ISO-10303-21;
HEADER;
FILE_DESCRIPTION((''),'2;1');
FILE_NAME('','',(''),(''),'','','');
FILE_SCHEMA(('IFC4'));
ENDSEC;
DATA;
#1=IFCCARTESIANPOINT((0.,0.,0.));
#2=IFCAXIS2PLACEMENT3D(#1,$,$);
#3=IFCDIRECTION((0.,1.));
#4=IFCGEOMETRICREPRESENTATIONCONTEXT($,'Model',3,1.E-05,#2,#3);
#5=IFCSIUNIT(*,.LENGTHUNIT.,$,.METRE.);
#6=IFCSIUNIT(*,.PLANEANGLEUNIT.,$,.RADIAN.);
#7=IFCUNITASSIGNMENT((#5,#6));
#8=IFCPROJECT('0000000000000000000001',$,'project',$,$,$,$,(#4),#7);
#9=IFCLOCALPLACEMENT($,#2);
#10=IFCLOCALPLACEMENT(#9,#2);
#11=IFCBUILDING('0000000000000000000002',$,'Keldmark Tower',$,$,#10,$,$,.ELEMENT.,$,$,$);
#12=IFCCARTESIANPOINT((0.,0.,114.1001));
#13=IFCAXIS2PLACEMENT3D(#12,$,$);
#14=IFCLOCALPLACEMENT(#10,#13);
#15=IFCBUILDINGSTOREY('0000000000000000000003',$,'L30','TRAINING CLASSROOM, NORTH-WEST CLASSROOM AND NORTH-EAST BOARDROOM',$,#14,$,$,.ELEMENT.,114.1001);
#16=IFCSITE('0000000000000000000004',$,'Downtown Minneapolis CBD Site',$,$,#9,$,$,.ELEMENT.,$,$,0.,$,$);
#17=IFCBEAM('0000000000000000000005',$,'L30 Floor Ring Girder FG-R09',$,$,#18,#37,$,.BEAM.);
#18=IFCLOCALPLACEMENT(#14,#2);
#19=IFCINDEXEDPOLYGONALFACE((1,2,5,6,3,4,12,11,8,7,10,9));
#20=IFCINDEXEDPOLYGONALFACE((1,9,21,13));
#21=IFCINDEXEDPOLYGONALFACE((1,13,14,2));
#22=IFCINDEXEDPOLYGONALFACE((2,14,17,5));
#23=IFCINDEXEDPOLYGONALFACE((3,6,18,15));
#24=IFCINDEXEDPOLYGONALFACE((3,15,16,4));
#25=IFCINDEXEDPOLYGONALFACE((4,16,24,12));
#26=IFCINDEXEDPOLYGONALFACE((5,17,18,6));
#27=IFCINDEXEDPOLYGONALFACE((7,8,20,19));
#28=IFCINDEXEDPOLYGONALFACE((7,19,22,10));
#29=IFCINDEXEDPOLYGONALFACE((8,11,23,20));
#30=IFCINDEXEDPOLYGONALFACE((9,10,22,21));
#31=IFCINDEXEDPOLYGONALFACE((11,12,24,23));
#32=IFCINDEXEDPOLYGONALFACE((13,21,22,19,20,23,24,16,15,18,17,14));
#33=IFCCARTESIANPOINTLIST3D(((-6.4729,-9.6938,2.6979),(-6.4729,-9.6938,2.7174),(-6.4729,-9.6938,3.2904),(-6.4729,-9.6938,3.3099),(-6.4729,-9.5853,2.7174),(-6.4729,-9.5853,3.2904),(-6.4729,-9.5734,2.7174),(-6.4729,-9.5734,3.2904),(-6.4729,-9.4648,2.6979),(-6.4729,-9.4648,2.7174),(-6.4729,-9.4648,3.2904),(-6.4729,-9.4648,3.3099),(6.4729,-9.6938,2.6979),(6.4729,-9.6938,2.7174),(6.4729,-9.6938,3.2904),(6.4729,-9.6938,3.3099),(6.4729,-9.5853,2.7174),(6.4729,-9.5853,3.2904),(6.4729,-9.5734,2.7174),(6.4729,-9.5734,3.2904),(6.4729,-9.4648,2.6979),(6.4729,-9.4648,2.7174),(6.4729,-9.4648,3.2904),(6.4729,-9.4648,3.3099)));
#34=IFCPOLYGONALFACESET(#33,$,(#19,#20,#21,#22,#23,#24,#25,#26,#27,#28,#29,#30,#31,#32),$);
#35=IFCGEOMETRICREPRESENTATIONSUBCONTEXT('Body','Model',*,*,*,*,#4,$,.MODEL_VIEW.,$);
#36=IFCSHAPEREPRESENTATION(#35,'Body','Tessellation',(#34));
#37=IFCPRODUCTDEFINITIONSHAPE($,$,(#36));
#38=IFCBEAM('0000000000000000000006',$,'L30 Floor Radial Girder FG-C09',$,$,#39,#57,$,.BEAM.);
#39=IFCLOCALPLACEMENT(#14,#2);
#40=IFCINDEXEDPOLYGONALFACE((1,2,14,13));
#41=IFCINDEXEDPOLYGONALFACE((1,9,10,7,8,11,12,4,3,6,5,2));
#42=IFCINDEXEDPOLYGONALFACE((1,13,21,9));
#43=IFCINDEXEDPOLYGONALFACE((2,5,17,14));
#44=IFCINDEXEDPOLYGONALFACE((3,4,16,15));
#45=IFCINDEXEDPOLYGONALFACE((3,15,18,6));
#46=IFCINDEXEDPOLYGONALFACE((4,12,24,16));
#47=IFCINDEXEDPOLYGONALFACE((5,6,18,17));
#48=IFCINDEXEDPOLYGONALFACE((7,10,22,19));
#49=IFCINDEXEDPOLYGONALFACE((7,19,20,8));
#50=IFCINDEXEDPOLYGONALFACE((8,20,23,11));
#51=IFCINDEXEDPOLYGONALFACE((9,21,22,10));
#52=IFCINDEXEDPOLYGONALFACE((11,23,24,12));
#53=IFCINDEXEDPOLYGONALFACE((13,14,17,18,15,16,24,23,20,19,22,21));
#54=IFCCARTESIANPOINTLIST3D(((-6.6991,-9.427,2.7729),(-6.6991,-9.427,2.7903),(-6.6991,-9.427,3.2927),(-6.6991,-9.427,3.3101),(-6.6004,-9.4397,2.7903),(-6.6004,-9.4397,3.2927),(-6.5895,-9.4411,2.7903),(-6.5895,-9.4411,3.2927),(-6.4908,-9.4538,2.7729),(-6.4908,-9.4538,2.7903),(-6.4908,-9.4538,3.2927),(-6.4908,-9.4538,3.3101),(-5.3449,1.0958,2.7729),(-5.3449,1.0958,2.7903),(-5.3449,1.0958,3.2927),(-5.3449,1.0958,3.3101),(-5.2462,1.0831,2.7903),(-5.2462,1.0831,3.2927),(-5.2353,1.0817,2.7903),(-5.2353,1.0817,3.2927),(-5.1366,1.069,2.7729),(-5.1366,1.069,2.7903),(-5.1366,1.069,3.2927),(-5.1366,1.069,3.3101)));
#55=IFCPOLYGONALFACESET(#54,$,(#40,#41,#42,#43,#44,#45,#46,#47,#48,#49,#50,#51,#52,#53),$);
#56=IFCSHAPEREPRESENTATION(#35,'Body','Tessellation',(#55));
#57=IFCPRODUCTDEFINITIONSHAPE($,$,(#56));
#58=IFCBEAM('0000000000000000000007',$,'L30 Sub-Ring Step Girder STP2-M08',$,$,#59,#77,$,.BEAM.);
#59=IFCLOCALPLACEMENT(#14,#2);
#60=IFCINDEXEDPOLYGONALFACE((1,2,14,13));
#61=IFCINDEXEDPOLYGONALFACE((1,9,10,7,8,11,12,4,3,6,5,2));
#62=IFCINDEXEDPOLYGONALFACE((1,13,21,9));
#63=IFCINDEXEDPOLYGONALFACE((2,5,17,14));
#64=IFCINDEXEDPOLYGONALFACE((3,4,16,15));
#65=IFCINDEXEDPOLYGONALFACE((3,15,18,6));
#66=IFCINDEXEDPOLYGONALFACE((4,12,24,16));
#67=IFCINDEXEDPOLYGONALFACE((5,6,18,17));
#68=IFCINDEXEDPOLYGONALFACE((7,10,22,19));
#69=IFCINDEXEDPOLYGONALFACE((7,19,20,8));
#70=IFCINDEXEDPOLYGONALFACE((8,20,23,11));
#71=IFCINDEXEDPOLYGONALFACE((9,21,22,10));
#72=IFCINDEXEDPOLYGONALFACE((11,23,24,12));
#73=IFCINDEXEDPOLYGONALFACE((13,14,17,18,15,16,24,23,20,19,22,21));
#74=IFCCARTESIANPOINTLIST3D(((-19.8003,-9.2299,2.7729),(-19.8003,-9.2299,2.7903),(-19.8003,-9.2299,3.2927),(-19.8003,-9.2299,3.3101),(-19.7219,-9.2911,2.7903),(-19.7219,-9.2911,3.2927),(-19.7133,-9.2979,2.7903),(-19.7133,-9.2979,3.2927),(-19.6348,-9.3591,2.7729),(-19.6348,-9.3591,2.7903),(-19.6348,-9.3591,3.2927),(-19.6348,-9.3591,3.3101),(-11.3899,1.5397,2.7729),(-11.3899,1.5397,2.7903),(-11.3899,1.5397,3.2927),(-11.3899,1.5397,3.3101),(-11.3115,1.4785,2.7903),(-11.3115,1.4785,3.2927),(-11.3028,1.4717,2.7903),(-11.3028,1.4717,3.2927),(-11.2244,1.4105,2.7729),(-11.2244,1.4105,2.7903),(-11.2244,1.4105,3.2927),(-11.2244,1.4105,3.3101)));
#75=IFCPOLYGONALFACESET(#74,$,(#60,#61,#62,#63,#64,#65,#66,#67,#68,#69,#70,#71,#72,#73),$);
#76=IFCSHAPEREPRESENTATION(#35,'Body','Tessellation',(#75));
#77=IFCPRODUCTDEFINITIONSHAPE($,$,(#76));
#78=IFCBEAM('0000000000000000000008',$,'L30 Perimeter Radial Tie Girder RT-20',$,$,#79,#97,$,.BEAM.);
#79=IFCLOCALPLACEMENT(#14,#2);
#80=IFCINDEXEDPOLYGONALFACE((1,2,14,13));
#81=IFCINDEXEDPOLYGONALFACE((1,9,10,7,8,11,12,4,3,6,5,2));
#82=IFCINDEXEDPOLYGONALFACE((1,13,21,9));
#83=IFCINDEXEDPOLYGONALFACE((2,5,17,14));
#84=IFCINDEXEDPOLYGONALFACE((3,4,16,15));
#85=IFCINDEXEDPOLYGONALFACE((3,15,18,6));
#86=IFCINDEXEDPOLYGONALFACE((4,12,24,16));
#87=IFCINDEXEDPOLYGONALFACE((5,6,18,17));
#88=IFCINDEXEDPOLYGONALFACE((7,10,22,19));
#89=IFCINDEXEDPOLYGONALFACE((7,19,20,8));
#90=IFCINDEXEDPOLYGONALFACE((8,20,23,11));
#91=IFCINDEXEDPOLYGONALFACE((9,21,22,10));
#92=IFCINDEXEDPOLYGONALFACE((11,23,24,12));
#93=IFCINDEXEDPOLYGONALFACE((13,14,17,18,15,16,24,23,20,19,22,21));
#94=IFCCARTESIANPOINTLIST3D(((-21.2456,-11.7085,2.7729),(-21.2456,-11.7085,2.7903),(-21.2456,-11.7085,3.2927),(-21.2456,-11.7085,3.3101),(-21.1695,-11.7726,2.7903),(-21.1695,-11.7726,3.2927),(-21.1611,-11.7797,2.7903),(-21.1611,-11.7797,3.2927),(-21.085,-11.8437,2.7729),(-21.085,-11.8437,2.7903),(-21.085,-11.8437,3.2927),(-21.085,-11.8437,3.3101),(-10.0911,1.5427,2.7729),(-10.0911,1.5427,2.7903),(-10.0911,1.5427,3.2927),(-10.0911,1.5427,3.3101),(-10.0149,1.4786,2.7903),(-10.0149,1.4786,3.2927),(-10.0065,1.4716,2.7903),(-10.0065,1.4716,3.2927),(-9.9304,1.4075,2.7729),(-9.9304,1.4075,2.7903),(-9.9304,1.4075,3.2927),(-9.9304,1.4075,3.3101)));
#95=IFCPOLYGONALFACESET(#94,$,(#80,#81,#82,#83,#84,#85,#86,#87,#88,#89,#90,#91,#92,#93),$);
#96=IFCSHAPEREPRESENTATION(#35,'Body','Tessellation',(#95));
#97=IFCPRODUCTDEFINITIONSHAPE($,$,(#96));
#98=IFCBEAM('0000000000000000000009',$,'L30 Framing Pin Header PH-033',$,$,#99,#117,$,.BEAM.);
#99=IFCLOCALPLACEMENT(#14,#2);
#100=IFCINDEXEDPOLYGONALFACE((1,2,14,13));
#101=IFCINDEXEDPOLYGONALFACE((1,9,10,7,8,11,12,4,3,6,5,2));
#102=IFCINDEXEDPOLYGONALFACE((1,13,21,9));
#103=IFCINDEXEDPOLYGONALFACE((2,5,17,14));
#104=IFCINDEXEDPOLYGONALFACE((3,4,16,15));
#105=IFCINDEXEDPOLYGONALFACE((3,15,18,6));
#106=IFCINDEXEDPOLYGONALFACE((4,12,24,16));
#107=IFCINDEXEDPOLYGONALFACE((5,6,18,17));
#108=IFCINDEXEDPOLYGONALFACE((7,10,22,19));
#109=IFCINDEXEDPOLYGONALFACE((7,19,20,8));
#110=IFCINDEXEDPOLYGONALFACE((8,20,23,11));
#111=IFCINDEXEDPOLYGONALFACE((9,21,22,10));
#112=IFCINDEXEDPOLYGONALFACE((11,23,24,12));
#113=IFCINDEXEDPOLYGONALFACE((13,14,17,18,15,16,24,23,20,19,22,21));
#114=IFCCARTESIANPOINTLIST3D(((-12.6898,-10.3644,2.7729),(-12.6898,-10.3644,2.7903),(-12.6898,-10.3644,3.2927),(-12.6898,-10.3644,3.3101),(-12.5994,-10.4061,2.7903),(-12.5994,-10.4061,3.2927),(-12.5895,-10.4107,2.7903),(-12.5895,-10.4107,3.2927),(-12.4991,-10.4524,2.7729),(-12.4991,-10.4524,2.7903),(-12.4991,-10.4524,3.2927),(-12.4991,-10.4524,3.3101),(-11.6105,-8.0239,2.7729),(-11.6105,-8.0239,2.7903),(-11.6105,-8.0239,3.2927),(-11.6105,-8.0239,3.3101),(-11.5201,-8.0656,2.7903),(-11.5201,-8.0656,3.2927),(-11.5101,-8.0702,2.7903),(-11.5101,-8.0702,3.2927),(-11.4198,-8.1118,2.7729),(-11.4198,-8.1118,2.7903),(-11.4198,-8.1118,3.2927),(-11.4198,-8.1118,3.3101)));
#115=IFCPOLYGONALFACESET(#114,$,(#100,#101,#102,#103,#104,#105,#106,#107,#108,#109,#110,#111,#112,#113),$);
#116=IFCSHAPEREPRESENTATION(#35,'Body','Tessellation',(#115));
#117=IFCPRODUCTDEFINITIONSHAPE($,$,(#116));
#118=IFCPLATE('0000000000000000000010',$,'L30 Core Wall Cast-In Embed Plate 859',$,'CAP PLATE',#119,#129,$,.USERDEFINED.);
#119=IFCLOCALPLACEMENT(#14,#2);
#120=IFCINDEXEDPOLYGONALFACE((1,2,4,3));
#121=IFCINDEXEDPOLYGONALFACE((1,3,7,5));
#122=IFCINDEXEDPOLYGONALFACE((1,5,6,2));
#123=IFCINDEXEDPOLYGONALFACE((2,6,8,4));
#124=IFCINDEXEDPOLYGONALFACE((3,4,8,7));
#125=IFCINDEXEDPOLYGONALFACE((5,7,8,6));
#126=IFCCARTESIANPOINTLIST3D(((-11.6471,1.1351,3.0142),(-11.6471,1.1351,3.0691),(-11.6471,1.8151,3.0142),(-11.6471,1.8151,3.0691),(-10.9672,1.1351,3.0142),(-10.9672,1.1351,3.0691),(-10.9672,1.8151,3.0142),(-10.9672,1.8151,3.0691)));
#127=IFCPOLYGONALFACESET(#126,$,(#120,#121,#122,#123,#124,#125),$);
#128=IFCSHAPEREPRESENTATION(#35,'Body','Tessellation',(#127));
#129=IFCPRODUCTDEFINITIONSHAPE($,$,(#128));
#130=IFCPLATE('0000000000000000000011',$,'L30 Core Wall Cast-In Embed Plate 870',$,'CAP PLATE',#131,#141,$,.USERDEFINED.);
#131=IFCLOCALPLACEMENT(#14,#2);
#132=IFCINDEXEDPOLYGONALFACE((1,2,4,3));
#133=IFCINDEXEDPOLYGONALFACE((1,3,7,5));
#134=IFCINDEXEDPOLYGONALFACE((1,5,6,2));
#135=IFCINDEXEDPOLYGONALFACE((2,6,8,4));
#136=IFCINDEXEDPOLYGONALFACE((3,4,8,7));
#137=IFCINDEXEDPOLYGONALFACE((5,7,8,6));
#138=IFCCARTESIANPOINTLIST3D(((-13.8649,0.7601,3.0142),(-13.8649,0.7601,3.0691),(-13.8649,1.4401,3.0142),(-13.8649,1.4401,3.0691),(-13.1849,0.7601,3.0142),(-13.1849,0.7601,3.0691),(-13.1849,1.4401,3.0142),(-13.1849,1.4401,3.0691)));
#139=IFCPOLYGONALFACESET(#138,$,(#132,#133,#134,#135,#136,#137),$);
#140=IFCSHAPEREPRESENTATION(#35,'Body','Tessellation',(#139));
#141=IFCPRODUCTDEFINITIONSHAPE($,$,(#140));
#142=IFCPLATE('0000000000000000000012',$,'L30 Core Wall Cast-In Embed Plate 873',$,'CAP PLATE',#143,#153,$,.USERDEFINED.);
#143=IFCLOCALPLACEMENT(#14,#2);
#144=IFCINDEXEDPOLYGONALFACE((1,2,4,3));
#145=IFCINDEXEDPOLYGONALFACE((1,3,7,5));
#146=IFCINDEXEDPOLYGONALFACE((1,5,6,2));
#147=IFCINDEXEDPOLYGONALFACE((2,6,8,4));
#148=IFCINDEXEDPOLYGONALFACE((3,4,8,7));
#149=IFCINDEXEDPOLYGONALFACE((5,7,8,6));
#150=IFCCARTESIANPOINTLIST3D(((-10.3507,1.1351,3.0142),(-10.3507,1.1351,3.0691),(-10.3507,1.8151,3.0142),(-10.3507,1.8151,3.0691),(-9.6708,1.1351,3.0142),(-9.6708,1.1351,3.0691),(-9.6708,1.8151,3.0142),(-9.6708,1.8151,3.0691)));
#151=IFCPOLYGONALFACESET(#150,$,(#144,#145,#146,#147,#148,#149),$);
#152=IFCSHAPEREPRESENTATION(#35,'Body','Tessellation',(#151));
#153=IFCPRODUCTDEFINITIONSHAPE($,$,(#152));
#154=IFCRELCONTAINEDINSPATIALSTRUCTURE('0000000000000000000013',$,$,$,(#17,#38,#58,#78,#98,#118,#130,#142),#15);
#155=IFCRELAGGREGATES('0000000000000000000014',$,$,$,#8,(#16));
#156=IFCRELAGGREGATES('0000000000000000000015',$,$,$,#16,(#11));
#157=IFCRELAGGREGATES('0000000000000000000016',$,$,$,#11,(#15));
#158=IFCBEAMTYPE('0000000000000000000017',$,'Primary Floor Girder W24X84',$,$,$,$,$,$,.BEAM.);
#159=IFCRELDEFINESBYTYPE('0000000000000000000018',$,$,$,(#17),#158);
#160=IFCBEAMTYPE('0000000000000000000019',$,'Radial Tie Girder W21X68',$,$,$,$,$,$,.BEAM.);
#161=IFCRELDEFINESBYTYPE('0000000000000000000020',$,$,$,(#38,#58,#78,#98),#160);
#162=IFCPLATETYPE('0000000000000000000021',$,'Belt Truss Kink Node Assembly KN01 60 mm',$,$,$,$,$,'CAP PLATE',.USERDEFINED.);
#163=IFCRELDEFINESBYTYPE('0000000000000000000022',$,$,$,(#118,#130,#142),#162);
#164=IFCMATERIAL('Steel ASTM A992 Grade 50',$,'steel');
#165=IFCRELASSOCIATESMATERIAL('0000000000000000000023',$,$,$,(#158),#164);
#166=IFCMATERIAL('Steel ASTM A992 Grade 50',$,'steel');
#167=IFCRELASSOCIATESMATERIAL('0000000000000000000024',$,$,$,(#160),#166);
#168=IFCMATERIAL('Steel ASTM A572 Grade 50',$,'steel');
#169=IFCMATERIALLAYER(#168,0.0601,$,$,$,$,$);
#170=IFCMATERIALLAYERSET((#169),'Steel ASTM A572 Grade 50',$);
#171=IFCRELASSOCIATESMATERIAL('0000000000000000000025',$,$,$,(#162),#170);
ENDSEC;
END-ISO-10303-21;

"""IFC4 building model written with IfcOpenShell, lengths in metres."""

from ifc_helpers import new_model, si_unit, direction, frame, origin, origin_2d, place, context, subcontext, project, spatial, rectangle, i_section, extrude, material, layer, layer_set, material_profile, profile_set, type_object, element, save


model = new_model("IFC4")

# Units and contexts
model_context = context("Model", 3, precision=1e-05, world=origin(), true_north=direction((0.0, 1.0)))
body_context = subcontext(model_context, "Body", "Model", "MODEL_VIEW")
ifc_project = project(units=[si_unit("LENGTHUNIT", "METRE"), si_unit("PLANEANGLEUNIT", "RADIAN")], contexts=[model_context])

# Site, building, storey
site_placement = place(None, origin())
site = spatial("IfcSite", under=ifc_project, at=site_placement, Name="Downtown Minneapolis CBD Site", CompositionType="ELEMENT", RefElevation=0.0)
building_placement = place(site_placement, origin())
building = spatial("IfcBuilding", under=site, at=building_placement, Name="Keldmark Tower", CompositionType="ELEMENT")
storey_placement = place(building_placement, frame((0.0, 0.0, 114.1001)))
storey = spatial("IfcBuildingStorey", under=building, at=storey_placement, Name="L30", Description="TRAINING CLASSROOM, NORTH-WEST CLASSROOM AND NORTH-EAST BOARDROOM", CompositionType="ELEMENT", Elevation=114.1001)

# Beams
ifc_material_1 = material(Name="Steel ASTM A992 Grade 50", Category="steel")
ifc_material_profile_1 = material_profile(ifc_material_1, i_section(OverallWidth=0.229, OverallDepth=0.6121, WebThickness=0.012, FlangeThickness=0.0195, at=origin_2d()), Name="W24X84")
ifc_profile_set_1 = profile_set([ifc_material_profile_1], Name="Steel ASTM A992 Grade 50")
beam_type_1 = type_object("IfcBeamType", Name="Primary Floor Girder W24X84", PredefinedType="BEAM", material=ifc_profile_set_1)
beam_1_placement = place(storey_placement, frame((-6.4729, -9.5793, 3.0039), z_axis=(1.0, 0.0, 0.0), x_axis=(0.0, 1.0, 0.0)))
element("IfcBeam", 1, at=beam_1_placement, inside=storey, type_object=beam_type_1, Name="L30 Floor Ring Girder FG-R09", PredefinedType="BEAM", context=body_context, shape_type="SweptSolid", body=[
    extrude(i_section(OverallWidth=0.229, OverallDepth=0.6121, WebThickness=0.012, FlangeThickness=0.0195, at=origin_2d()), origin(), (0.0, 0.0, 1.0), 12.9458),
])
ifc_material_2 = material(Name="Steel ASTM A992 Grade 50", Category="steel")
ifc_material_profile_2 = material_profile(ifc_material_2, i_section(OverallWidth=0.21, OverallDepth=0.5371, WebThickness=0.011, FlangeThickness=0.0173, at=origin_2d()), Name="W21X68")
ifc_profile_set_2 = profile_set([ifc_material_profile_2], Name="Steel ASTM A992 Grade 50")
beam_type_2 = type_object("IfcBeamType", Name="Radial Tie Girder W21X68", PredefinedType="BEAM", material=ifc_profile_set_2)
beam_2_placement = place(storey_placement, frame((-6.595, -9.4404, 3.0415), z_axis=(0.127642, 0.99182, 0.0), x_axis=(-0.99182, 0.127642, 0.0)))
element("IfcBeam", 2, at=beam_2_placement, inside=storey, type_object=beam_type_2, Name="L30 Floor Radial Girder FG-C09", PredefinedType="BEAM", context=body_context, shape_type="SweptSolid", body=[
    extrude(i_section(OverallWidth=0.21, OverallDepth=0.5371, WebThickness=0.011, FlangeThickness=0.0173, at=origin_2d()), origin(), (0.0, 0.0, 1.0), 10.6096),
])
beam_3_placement = place(storey_placement, frame((-11.3071, 1.4751, 3.0415), z_axis=(-0.615494, -0.788141, 0.0), x_axis=(0.788141, -0.615494, 0.0)))
element("IfcBeam", 3, at=beam_3_placement, inside=storey, type_object=beam_type_2, Name="L30 Sub-Ring Step Girder STP2-M08", PredefinedType="BEAM", context=body_context, shape_type="SweptSolid", body=[
    extrude(i_section(OverallWidth=0.21, OverallDepth=0.5371, WebThickness=0.011, FlangeThickness=0.0173, at=origin_2d()), origin(), (0.0, 0.0, 1.0), 13.6646),
])
beam_4_placement = place(storey_placement, frame((-10.0107, 1.4751, 3.0415), z_axis=(-0.643988, -0.765036, 0.0), x_axis=(0.765036, -0.643988, 0.0)))
element("IfcBeam", 4, at=beam_4_placement, inside=storey, type_object=beam_type_2, Name="L30 Perimeter Radial Tie Girder RT-20", PredefinedType="BEAM", context=body_context, shape_type="SweptSolid", body=[
    extrude(i_section(OverallWidth=0.21, OverallDepth=0.5371, WebThickness=0.011, FlangeThickness=0.0173, at=origin_2d()), origin(), (0.0, 0.0, 1.0), 17.321),
])
beam_5_placement = place(storey_placement, frame((-11.5151, -8.0679, 3.0415), z_axis=(-0.418764, -0.908095, 0.0), x_axis=(0.908095, -0.418764, 0.0)))
element("IfcBeam", 5, at=beam_5_placement, inside=storey, type_object=beam_type_2, Name="L30 Framing Pin Header PH-033", PredefinedType="BEAM", context=body_context, shape_type="SweptSolid", body=[
    extrude(i_section(OverallWidth=0.21, OverallDepth=0.5371, WebThickness=0.011, FlangeThickness=0.0173, at=origin_2d()), origin(), (0.0, 0.0, 1.0), 2.5774),
])

# Plates
ifc_material_3 = material(Name="Steel ASTM A572 Grade 50", Category="steel")
ifc_layer_1 = layer(ifc_material_3, 0.0601)
ifc_layer_set_1 = layer_set([ifc_layer_1], Name="Steel ASTM A572 Grade 50")
plate_type = type_object("IfcPlateType", Name="Belt Truss Kink Node Assembly KN01 60 mm", ElementType="CAP PLATE", PredefinedType="USERDEFINED", material=ifc_layer_set_1)
for number, where, z_axis, x_axis, name in (
    (6, (-11.3071, 1.4751, 3.0142), (0.0, 0.0, 1.0), (1.0, 0.0, 0.0), "L30 Core Wall Cast-In Embed Plate 859"),
    (7, (-13.5249, 1.1001, 3.0142), (0.0, 0.0, 1.0), (1.0, 0.0, 0.0), "L30 Core Wall Cast-In Embed Plate 870"),
    (8, (-10.0107, 1.4751, 3.0142), (0.0, 0.0, 1.0), (1.0, 0.0, 0.0), "L30 Core Wall Cast-In Embed Plate 873"),
):
    element("IfcPlate", number, at=place(storey_placement, frame(where, z_axis=z_axis, x_axis=x_axis)), inside=storey, type_object=plate_type, Name=name, ObjectType="CAP PLATE", PredefinedType="USERDEFINED", context=body_context, shape_type="SweptSolid", body=[
        extrude(rectangle(XDim=0.6799, YDim=0.6799, at=origin_2d()), origin(), (0.0, 0.0, 1.0), 0.0549),
    ])

save(model, "model.ifc")
